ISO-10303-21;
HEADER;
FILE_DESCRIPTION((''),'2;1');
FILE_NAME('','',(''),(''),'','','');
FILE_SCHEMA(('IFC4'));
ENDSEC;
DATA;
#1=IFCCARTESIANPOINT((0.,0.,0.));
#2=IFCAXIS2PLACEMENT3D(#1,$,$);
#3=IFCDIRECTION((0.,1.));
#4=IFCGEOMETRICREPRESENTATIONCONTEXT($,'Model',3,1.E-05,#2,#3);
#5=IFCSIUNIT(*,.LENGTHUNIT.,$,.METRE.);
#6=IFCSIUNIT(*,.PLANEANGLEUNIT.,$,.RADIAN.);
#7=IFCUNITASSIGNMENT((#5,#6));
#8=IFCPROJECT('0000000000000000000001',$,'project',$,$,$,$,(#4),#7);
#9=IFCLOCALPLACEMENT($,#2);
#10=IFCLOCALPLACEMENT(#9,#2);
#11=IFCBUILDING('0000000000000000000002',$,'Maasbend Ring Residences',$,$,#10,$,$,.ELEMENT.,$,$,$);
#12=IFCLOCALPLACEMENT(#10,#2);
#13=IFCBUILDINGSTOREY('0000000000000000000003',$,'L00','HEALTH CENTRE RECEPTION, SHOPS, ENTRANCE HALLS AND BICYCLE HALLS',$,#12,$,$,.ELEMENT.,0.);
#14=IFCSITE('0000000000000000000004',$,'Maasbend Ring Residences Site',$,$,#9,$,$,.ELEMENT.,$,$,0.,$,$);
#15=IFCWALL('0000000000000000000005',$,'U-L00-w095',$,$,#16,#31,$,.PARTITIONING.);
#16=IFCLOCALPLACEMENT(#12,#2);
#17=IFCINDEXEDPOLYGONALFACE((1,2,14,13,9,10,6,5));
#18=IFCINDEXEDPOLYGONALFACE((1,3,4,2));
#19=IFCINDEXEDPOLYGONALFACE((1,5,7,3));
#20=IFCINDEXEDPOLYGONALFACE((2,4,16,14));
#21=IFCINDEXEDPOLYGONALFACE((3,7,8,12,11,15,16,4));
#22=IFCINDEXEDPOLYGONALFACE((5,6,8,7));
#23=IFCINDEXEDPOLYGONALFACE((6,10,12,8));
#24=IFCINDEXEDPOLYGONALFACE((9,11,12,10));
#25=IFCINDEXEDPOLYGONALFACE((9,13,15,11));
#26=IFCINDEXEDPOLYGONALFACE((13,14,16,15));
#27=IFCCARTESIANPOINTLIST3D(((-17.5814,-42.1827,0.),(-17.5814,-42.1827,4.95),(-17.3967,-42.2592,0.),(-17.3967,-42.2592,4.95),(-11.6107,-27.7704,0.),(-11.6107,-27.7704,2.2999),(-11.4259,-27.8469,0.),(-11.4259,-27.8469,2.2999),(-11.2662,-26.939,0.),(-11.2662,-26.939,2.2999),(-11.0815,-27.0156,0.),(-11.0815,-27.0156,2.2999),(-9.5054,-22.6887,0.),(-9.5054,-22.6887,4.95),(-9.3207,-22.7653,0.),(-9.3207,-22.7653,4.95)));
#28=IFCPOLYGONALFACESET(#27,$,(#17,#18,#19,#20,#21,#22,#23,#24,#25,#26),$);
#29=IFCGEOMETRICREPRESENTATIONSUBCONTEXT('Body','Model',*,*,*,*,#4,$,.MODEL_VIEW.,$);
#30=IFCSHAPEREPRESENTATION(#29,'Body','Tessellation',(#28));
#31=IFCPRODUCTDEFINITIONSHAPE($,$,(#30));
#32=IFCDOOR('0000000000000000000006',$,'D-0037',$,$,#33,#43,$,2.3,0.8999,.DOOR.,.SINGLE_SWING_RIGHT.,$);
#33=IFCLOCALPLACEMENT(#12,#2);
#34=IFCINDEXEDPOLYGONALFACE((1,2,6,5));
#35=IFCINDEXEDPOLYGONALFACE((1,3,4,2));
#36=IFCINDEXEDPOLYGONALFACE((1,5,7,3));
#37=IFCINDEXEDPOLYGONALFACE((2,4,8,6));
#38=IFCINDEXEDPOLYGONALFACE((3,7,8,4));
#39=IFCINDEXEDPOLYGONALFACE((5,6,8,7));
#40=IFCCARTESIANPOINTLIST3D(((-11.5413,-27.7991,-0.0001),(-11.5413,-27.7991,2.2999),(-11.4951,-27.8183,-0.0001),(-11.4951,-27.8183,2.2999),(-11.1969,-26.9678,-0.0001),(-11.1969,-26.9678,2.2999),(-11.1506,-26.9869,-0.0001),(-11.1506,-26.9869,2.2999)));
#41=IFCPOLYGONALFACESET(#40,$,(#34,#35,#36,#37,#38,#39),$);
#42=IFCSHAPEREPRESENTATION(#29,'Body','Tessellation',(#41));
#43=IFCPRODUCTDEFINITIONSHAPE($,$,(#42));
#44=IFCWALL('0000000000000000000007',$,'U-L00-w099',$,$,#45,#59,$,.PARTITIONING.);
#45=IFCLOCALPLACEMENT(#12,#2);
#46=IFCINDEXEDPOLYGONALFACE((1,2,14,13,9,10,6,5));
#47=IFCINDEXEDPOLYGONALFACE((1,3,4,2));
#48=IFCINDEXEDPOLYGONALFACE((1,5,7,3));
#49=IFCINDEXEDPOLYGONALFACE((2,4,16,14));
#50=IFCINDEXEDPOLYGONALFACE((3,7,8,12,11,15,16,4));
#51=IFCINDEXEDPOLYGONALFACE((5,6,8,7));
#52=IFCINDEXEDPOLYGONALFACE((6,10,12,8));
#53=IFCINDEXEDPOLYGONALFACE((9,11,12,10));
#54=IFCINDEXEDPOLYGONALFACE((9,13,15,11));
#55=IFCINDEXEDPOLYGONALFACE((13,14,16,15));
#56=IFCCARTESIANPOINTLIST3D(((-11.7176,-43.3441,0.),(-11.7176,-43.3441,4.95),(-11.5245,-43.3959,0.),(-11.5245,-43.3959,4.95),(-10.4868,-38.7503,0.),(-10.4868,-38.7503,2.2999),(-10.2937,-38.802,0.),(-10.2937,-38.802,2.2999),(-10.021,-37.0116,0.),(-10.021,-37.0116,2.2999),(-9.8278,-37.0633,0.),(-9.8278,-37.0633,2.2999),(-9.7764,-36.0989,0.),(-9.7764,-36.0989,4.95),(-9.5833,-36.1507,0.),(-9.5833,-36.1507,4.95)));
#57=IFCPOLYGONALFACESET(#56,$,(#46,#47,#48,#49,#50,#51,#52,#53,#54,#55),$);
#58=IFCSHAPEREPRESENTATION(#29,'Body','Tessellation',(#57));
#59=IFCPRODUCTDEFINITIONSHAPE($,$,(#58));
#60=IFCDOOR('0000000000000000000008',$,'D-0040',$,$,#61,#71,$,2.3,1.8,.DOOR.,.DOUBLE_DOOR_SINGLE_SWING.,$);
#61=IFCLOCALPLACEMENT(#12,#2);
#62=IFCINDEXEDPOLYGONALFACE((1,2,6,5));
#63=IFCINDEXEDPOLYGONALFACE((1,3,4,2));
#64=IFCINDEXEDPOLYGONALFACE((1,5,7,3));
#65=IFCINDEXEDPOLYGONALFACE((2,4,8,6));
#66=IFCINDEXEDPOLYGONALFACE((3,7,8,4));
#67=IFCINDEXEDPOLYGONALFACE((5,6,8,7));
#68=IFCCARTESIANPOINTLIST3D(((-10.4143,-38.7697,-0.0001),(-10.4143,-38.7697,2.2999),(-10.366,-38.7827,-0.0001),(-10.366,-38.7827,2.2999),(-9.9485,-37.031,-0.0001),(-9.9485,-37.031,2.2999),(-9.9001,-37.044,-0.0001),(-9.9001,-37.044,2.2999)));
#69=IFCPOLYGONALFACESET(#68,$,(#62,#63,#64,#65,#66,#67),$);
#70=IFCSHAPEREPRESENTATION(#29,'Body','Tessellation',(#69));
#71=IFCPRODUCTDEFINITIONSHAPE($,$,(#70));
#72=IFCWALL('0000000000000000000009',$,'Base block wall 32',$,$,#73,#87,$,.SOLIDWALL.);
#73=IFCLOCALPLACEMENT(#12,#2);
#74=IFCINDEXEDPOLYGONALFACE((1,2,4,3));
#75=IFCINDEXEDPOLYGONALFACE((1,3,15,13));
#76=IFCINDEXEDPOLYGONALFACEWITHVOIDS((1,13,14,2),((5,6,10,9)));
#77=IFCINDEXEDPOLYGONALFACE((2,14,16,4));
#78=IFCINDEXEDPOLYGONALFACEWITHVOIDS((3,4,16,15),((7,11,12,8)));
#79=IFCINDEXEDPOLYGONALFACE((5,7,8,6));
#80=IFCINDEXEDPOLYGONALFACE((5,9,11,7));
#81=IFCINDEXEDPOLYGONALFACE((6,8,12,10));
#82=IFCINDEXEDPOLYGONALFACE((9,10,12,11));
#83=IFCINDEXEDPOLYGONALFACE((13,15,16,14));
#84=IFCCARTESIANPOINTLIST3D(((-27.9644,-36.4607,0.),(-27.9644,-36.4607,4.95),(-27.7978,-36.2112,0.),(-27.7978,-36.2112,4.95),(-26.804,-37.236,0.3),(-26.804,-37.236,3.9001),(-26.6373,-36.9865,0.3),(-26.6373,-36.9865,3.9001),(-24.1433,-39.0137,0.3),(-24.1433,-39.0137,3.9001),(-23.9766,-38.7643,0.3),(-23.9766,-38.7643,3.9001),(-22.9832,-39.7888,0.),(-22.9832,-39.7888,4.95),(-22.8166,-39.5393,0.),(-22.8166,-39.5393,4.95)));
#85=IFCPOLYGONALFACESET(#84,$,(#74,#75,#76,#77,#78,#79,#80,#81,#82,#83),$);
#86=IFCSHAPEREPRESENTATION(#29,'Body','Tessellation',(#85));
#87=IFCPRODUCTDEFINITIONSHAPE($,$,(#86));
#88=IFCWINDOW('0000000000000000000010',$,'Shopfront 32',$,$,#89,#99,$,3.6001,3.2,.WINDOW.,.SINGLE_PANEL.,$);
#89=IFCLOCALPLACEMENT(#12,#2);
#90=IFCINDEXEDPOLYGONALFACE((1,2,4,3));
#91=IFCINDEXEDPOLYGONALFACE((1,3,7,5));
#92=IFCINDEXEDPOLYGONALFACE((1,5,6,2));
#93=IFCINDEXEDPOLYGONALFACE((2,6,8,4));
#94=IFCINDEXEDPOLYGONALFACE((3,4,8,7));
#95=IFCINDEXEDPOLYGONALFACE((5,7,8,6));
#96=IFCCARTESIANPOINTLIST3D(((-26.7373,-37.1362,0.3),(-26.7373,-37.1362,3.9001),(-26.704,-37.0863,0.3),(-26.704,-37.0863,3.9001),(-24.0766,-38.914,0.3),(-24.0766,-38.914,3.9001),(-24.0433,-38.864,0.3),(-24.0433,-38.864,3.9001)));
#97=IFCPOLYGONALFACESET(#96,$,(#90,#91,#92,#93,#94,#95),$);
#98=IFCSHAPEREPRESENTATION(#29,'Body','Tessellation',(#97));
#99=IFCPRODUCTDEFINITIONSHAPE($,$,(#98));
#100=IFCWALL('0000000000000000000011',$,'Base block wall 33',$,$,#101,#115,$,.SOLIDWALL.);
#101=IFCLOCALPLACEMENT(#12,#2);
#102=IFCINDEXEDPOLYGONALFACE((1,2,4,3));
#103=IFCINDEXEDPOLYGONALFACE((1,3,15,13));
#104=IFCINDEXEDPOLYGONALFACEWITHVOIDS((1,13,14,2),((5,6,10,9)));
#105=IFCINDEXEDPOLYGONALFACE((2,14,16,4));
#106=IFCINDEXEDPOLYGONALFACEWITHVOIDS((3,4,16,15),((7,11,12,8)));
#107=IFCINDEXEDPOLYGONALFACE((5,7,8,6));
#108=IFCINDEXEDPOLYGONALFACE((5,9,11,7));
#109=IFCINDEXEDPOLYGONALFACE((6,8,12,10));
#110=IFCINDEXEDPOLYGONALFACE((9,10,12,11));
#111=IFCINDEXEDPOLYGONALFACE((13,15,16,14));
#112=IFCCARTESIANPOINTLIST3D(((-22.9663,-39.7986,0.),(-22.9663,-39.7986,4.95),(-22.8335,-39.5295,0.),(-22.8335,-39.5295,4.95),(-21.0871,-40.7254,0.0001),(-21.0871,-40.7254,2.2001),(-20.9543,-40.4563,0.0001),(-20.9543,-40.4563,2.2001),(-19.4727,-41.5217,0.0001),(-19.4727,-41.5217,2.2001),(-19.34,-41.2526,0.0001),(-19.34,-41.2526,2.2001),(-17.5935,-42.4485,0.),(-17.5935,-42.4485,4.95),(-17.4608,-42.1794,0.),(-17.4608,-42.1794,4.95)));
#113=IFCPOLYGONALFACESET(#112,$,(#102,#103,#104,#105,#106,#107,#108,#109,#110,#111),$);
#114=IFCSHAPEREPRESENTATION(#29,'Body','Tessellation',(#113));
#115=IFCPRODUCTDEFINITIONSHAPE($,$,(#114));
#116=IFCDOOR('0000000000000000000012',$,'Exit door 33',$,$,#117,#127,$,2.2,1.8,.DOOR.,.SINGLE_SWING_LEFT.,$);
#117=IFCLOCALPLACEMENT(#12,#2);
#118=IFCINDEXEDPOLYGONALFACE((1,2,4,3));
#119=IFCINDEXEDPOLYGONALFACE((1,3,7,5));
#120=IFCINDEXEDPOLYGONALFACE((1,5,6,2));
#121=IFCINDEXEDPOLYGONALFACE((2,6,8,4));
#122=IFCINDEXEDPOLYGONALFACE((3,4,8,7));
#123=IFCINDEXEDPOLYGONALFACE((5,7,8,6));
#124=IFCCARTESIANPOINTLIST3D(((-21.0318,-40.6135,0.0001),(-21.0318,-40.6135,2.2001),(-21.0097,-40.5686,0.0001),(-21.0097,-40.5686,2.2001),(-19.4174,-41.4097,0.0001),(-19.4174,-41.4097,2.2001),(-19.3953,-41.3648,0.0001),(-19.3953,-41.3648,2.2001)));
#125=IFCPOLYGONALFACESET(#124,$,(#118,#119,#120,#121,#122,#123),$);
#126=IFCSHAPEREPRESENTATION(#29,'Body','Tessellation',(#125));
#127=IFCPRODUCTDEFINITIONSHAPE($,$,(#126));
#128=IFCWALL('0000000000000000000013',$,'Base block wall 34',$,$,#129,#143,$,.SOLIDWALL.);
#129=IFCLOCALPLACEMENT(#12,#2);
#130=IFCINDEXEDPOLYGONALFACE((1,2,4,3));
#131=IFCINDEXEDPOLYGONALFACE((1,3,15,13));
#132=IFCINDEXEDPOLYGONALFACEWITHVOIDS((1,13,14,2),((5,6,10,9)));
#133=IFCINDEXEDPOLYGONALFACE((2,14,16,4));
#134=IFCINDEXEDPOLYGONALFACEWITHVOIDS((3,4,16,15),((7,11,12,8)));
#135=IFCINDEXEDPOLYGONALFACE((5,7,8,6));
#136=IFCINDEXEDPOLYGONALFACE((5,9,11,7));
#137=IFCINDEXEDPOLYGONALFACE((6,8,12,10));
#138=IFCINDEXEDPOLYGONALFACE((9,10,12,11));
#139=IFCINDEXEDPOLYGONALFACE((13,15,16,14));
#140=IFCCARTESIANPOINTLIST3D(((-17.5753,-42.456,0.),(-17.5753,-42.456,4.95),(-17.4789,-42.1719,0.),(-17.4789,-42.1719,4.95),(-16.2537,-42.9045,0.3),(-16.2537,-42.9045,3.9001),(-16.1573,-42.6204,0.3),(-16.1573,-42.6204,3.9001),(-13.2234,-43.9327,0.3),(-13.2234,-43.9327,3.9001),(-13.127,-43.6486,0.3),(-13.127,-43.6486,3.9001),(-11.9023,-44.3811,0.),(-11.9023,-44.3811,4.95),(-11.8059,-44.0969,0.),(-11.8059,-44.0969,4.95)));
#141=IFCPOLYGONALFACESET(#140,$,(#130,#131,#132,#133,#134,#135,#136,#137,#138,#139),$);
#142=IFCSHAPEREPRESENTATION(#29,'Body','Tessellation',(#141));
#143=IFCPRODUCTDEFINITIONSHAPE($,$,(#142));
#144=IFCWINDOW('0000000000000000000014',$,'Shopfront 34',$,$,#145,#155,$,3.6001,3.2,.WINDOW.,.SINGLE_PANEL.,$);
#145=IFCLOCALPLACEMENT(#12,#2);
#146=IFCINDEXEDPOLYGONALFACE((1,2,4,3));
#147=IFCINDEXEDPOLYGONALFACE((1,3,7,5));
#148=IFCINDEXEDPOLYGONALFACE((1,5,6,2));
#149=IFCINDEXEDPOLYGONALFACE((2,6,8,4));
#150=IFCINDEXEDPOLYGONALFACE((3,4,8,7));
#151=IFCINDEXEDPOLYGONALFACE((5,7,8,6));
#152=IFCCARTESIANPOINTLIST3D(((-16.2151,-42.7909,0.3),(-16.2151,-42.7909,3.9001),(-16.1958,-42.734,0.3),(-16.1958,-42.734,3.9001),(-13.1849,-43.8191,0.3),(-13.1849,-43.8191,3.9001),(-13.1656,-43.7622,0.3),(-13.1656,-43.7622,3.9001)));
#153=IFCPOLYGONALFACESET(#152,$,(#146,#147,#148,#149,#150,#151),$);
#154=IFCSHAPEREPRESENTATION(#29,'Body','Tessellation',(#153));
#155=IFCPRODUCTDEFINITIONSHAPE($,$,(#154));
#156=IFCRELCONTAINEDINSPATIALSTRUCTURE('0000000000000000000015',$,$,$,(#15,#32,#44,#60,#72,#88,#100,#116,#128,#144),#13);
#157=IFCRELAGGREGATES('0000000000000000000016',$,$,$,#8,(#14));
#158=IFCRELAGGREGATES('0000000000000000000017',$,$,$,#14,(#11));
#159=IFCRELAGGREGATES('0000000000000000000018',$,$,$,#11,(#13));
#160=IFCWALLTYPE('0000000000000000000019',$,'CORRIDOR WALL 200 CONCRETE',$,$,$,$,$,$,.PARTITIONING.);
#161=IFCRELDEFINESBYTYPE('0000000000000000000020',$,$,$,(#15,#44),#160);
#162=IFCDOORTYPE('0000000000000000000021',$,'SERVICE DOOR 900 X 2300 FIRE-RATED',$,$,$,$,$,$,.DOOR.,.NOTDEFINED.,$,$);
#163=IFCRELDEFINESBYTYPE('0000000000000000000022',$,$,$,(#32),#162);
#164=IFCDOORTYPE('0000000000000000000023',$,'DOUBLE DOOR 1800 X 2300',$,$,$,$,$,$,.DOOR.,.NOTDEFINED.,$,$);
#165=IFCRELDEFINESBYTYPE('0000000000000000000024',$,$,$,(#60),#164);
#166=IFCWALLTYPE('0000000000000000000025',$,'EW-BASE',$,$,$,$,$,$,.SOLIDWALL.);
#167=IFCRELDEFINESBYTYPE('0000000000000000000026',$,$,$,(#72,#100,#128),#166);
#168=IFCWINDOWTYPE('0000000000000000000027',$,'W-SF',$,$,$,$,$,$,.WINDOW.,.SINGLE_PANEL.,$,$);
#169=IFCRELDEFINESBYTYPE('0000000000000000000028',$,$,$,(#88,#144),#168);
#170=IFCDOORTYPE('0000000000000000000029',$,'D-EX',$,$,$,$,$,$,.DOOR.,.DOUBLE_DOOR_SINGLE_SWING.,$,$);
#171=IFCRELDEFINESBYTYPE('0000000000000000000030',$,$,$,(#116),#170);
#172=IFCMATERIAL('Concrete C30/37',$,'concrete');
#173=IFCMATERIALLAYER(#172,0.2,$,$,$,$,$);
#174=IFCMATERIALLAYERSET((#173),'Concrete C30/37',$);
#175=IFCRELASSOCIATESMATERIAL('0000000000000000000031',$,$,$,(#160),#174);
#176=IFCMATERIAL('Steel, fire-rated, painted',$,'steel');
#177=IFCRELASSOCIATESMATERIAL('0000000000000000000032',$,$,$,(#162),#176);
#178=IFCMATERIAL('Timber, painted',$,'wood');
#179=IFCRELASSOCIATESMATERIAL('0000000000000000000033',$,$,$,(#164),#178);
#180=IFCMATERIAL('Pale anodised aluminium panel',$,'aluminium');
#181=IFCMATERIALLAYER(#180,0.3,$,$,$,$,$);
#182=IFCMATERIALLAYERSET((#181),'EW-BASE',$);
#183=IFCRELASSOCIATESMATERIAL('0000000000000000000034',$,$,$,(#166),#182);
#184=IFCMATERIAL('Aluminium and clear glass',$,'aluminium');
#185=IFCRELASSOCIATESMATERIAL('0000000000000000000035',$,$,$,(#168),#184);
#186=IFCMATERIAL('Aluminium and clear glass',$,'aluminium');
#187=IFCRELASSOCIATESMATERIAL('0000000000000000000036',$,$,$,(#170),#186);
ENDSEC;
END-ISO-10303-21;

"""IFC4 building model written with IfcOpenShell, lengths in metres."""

from ifc_helpers import new_model, si_unit, direction, frame, frame_2d, origin, place, context, subcontext, project, spatial, rectangle, extrude, material, layer, layer_set, type_object, element, fill, save


model = new_model("IFC4")

# Units and contexts
model_context = context("Model", 3, precision=1e-05, world=origin(), true_north=direction((0.0, 1.0)))
body_context = subcontext(model_context, "Body", "Model", "MODEL_VIEW")
ifc_project = project(units=[si_unit("LENGTHUNIT", "METRE"), si_unit("PLANEANGLEUNIT", "RADIAN")], contexts=[model_context])

# Site, building, storey
site_placement = place(None, origin())
site = spatial("IfcSite", under=ifc_project, at=site_placement, Name="Maasbend Ring Residences Site", CompositionType="ELEMENT", RefElevation=0.0)
building_placement = place(site_placement, origin())
building = spatial("IfcBuilding", under=site, at=building_placement, Name="Maasbend Ring Residences", CompositionType="ELEMENT")
storey_placement = place(building_placement, origin())
storey = spatial("IfcBuildingStorey", under=building, at=storey_placement, Name="L00", Description="HEALTH CENTRE RECEPTION, SHOPS, ENTRANCE HALLS AND BICYCLE HALLS", CompositionType="ELEMENT", Elevation=0.0)

# Walls, openings, doors
ifc_material_1 = material(Name="Concrete C30/37", Category="concrete")
ifc_layer_1 = layer(ifc_material_1, 0.2)
ifc_layer_set_1 = layer_set([ifc_layer_1], Name="Concrete C30/37")
wall_type_1 = type_object("IfcWallType", Name="CORRIDOR WALL 200 CONCRETE", PredefinedType="PARTITIONING", material=ifc_layer_set_1)
wall_1_placement = place(storey_placement, frame((-17.489, -42.2209, 0.0), z_axis=(0.0, 0.0, 1.0), x_axis=(0.382736, 0.923858, 0.0)))
wall_1 = element("IfcWall", 1, at=wall_1_placement, inside=storey, type_object=wall_type_1, Name="U-L00-w095", PredefinedType="PARTITIONING", context=body_context, shape_type="SweptSolid", body=[
    extrude(rectangle(XDim=21.1006, YDim=0.2, at=frame_2d((10.5503, 0.0))), origin(), (0.0, 0.0, 1.0), 4.95),
])
opening_1_placement = place(wall_1_placement, frame((15.6001, 0.0, 0.0)))
opening_1 = element("IfcOpeningElement", 2, at=opening_1_placement, cuts=wall_1, PredefinedType="OPENING", context=body_context, shape_type="SweptSolid", body=[
    extrude(rectangle(XDim=0.8999, YDim=2.3, at=frame_2d((0.45, 1.1499))), frame((0.0, 0.1099, 0.0), z_axis=(0.0, -1.0, 0.0), x_axis=(1.0, 0.0, 0.0)), (0.0, 0.0, 1.0), 0.22),
])
ifc_material_2 = material(Name="Steel, fire-rated, painted", Category="steel")
door_type_1 = type_object("IfcDoorType", Name="SERVICE DOOR 900 X 2300 FIRE-RATED", OperationType="NOTDEFINED", PredefinedType="DOOR", material=ifc_material_2)
door_1_placement = place(opening_1_placement, origin())
door_1 = element("IfcDoor", 3, at=door_1_placement, inside=storey, type_object=door_type_1, Name="D-0037", OperationType="SINGLE_SWING_RIGHT", OverallHeight=2.3, OverallWidth=0.8999, PredefinedType="DOOR", context=body_context, shape_type="SweptSolid", body=[
    extrude(rectangle(XDim=0.8999, YDim=2.3, at=frame_2d((0.45, 1.1499))), frame((0.0, 0.0249, 0.0), z_axis=(0.0, -1.0, 0.0), x_axis=(1.0, 0.0, 0.0)), (0.0, 0.0, 1.0), 0.05),
])
fill(opening_1, door_1)
wall_2_placement = place(storey_placement, frame((-11.6211, -43.3701, 0.0), z_axis=(0.0, 0.0, 1.0), x_axis=(0.258799, 0.965931, 0.0)))
wall_2 = element("IfcWall", 4, at=wall_2_placement, inside=storey, type_object=wall_type_1, Name="U-L00-w099", PredefinedType="PARTITIONING", context=body_context, shape_type="SweptSolid", body=[
    extrude(rectangle(XDim=7.5007, YDim=0.2, at=frame_2d((3.7505, 0.0))), origin(), (0.0, 0.0, 1.0), 4.95),
])
opening_2_placement = place(wall_2_placement, frame((4.7561, 0.0, 0.0)))
opening_2 = element("IfcOpeningElement", 5, at=opening_2_placement, cuts=wall_2, PredefinedType="OPENING", context=body_context, shape_type="SweptSolid", body=[
    extrude(rectangle(XDim=1.8, YDim=2.3, at=frame_2d((0.8999, 1.1499))), frame((0.0, 0.1099, 0.0), z_axis=(0.0, -1.0, 0.0), x_axis=(1.0, 0.0, 0.0)), (0.0, 0.0, 1.0), 0.22),
])
ifc_material_3 = material(Name="Timber, painted", Category="wood")
door_type_2 = type_object("IfcDoorType", Name="DOUBLE DOOR 1800 X 2300", OperationType="NOTDEFINED", PredefinedType="DOOR", material=ifc_material_3)
door_2_placement = place(opening_2_placement, origin())
door_2 = element("IfcDoor", 6, at=door_2_placement, inside=storey, type_object=door_type_2, Name="D-0040", OperationType="DOUBLE_DOOR_SINGLE_SWING", OverallHeight=2.3, OverallWidth=1.8, PredefinedType="DOOR", context=body_context, shape_type="SweptSolid", body=[
    extrude(rectangle(XDim=1.8, YDim=2.3, at=frame_2d((0.8999, 1.1499))), frame((0.0, 0.0249, 0.0), z_axis=(0.0, -1.0, 0.0), x_axis=(1.0, 0.0, 0.0)), (0.0, 0.0, 1.0), 0.05),
])
fill(opening_2, door_2)

# Wall, opening, window
ifc_material_4 = material(Name="Pale anodised aluminium panel", Category="aluminium")
ifc_layer_2 = layer(ifc_material_4, 0.3)
ifc_layer_set_2 = layer_set([ifc_layer_2], Name="EW-BASE")
wall_type_2 = type_object("IfcWallType", Name="EW-BASE", PredefinedType="SOLIDWALL", material=ifc_layer_set_2)
wall_3_placement = place(storey_placement, frame((-27.8811, -36.3359, 0.0), z_axis=(0.0, 0.0, 1.0), x_axis=(0.831486, -0.555546, 0.0)))
wall_3 = element("IfcWall", 7, at=wall_3_placement, inside=storey, type_object=wall_type_2, Name="Base block wall 32", PredefinedType="SOLIDWALL", context=body_context, shape_type="SweptSolid", body=[
    extrude(rectangle(XDim=5.9907, YDim=0.3, at=frame_2d((2.9954, 0.0))), origin(), (0.0, 0.0, 1.0), 4.95),
])
opening_3_placement = place(wall_3_placement, frame((1.3955, 0.0, 0.3)))
opening_3 = element("IfcOpeningElement", 8, at=opening_3_placement, cuts=wall_3, PredefinedType="OPENING", context=body_context, shape_type="SweptSolid", body=[
    extrude(rectangle(XDim=3.2, YDim=3.6001, at=frame_2d((1.6001, 1.8))), frame((0.0, 0.1602, 0.0), z_axis=(0.0, -1.0, 0.0), x_axis=(1.0, 0.0, 0.0)), (0.0, 0.0, 1.0), 0.3201),
])
ifc_material_5 = material(Name="Aluminium and clear glass", Category="aluminium")
window_type = type_object("IfcWindowType", Name="W-SF", PartitioningType="SINGLE_PANEL", PredefinedType="WINDOW", material=ifc_material_5)
window_1_placement = place(opening_3_placement, origin())
window_1 = element("IfcWindow", 9, at=window_1_placement, inside=storey, type_object=window_type, Name="Shopfront 32", OverallHeight=3.6001, OverallWidth=3.2, PartitioningType="SINGLE_PANEL", PredefinedType="WINDOW", context=body_context, shape_type="SweptSolid", body=[
    extrude(rectangle(XDim=3.2, YDim=3.6001, at=frame_2d((1.6001, 1.8))), frame((0.0, 0.03, 0.0), z_axis=(0.0, -1.0, 0.0), x_axis=(1.0, 0.0, 0.0)), (0.0, 0.0, 1.0), 0.0601),
])
fill(opening_3, window_1)

# Wall, opening, door
wall_4_placement = place(storey_placement, frame((-22.8999, -39.6641, 0.0), z_axis=(0.0, 0.0, 1.0), x_axis=(0.896851, -0.442333, 0.0)))
wall_4 = element("IfcWall", 10, at=wall_4_placement, inside=storey, type_object=wall_type_2, Name="Base block wall 33", PredefinedType="SOLIDWALL", context=body_context, shape_type="SweptSolid", body=[
    extrude(rectangle(XDim=5.9907, YDim=0.3, at=frame_2d((2.9954, 0.0))), origin(), (0.0, 0.0, 1.0), 4.95),
])
opening_4_placement = place(wall_4_placement, frame((2.0955, 0.0, 0.0)))
opening_4 = element("IfcOpeningElement", 11, at=opening_4_placement, cuts=wall_4, PredefinedType="OPENING", context=body_context, shape_type="SweptSolid", body=[
    extrude(rectangle(XDim=1.8, YDim=2.2, at=frame_2d((0.8999, 1.1001))), frame((0.0, 0.1602, 0.0), z_axis=(0.0, -1.0, 0.0), x_axis=(1.0, 0.0, 0.0)), (0.0, 0.0, 1.0), 0.3201),
])
ifc_material_6 = material(Name="Aluminium and clear glass", Category="aluminium")
door_type_3 = type_object("IfcDoorType", Name="D-EX", OperationType="DOUBLE_DOOR_SINGLE_SWING", PredefinedType="DOOR", material=ifc_material_6)
door_3_placement = place(opening_4_placement, origin())
door_3 = element("IfcDoor", 12, at=door_3_placement, inside=storey, type_object=door_type_3, Name="Exit door 33", OperationType="SINGLE_SWING_LEFT", OverallHeight=2.2, OverallWidth=1.8, PredefinedType="DOOR", context=body_context, shape_type="SweptSolid", body=[
    extrude(rectangle(XDim=1.8, YDim=2.2, at=frame_2d((0.8999, 1.1001))), frame((0.0, 0.0249, 0.0), z_axis=(0.0, -1.0, 0.0), x_axis=(1.0, 0.0, 0.0)), (0.0, 0.0, 1.0), 0.05),
])
fill(opening_4, door_3)

# Wall, opening, window
wall_5_placement = place(storey_placement, frame((-17.5271, -42.314, 0.0), z_axis=(0.0, 0.0, 1.0), x_axis=(0.946966, -0.321334, 0.0)))
wall_5 = element("IfcWall", 13, at=wall_5_placement, inside=storey, type_object=wall_type_2, Name="Base block wall 34", PredefinedType="SOLIDWALL", context=body_context, shape_type="SweptSolid", body=[
    extrude(rectangle(XDim=5.9907, YDim=0.3, at=frame_2d((2.9954, 0.0))), origin(), (0.0, 0.0, 1.0), 4.95),
])
opening_5_placement = place(wall_5_placement, frame((1.3955, 0.0, 0.3)))
opening_5 = element("IfcOpeningElement", 14, at=opening_5_placement, cuts=wall_5, PredefinedType="OPENING", context=body_context, shape_type="SweptSolid", body=[
    extrude(rectangle(XDim=3.2, YDim=3.6001, at=frame_2d((1.6001, 1.8))), frame((0.0, 0.1602, 0.0), z_axis=(0.0, -1.0, 0.0), x_axis=(1.0, 0.0, 0.0)), (0.0, 0.0, 1.0), 0.3201),
])
window_2_placement = place(opening_5_placement, origin())
window_2 = element("IfcWindow", 15, at=window_2_placement, inside=storey, type_object=window_type, Name="Shopfront 34", OverallHeight=3.6001, OverallWidth=3.2, PartitioningType="SINGLE_PANEL", PredefinedType="WINDOW", context=body_context, shape_type="SweptSolid", body=[
    extrude(rectangle(XDim=3.2, YDim=3.6001, at=frame_2d((1.6001, 1.8))), frame((0.0, 0.03, 0.0), z_axis=(0.0, -1.0, 0.0), x_axis=(1.0, 0.0, 0.0)), (0.0, 0.0, 1.0), 0.0601),
])
fill(opening_5, window_2)

save(model, "model.ifc")
